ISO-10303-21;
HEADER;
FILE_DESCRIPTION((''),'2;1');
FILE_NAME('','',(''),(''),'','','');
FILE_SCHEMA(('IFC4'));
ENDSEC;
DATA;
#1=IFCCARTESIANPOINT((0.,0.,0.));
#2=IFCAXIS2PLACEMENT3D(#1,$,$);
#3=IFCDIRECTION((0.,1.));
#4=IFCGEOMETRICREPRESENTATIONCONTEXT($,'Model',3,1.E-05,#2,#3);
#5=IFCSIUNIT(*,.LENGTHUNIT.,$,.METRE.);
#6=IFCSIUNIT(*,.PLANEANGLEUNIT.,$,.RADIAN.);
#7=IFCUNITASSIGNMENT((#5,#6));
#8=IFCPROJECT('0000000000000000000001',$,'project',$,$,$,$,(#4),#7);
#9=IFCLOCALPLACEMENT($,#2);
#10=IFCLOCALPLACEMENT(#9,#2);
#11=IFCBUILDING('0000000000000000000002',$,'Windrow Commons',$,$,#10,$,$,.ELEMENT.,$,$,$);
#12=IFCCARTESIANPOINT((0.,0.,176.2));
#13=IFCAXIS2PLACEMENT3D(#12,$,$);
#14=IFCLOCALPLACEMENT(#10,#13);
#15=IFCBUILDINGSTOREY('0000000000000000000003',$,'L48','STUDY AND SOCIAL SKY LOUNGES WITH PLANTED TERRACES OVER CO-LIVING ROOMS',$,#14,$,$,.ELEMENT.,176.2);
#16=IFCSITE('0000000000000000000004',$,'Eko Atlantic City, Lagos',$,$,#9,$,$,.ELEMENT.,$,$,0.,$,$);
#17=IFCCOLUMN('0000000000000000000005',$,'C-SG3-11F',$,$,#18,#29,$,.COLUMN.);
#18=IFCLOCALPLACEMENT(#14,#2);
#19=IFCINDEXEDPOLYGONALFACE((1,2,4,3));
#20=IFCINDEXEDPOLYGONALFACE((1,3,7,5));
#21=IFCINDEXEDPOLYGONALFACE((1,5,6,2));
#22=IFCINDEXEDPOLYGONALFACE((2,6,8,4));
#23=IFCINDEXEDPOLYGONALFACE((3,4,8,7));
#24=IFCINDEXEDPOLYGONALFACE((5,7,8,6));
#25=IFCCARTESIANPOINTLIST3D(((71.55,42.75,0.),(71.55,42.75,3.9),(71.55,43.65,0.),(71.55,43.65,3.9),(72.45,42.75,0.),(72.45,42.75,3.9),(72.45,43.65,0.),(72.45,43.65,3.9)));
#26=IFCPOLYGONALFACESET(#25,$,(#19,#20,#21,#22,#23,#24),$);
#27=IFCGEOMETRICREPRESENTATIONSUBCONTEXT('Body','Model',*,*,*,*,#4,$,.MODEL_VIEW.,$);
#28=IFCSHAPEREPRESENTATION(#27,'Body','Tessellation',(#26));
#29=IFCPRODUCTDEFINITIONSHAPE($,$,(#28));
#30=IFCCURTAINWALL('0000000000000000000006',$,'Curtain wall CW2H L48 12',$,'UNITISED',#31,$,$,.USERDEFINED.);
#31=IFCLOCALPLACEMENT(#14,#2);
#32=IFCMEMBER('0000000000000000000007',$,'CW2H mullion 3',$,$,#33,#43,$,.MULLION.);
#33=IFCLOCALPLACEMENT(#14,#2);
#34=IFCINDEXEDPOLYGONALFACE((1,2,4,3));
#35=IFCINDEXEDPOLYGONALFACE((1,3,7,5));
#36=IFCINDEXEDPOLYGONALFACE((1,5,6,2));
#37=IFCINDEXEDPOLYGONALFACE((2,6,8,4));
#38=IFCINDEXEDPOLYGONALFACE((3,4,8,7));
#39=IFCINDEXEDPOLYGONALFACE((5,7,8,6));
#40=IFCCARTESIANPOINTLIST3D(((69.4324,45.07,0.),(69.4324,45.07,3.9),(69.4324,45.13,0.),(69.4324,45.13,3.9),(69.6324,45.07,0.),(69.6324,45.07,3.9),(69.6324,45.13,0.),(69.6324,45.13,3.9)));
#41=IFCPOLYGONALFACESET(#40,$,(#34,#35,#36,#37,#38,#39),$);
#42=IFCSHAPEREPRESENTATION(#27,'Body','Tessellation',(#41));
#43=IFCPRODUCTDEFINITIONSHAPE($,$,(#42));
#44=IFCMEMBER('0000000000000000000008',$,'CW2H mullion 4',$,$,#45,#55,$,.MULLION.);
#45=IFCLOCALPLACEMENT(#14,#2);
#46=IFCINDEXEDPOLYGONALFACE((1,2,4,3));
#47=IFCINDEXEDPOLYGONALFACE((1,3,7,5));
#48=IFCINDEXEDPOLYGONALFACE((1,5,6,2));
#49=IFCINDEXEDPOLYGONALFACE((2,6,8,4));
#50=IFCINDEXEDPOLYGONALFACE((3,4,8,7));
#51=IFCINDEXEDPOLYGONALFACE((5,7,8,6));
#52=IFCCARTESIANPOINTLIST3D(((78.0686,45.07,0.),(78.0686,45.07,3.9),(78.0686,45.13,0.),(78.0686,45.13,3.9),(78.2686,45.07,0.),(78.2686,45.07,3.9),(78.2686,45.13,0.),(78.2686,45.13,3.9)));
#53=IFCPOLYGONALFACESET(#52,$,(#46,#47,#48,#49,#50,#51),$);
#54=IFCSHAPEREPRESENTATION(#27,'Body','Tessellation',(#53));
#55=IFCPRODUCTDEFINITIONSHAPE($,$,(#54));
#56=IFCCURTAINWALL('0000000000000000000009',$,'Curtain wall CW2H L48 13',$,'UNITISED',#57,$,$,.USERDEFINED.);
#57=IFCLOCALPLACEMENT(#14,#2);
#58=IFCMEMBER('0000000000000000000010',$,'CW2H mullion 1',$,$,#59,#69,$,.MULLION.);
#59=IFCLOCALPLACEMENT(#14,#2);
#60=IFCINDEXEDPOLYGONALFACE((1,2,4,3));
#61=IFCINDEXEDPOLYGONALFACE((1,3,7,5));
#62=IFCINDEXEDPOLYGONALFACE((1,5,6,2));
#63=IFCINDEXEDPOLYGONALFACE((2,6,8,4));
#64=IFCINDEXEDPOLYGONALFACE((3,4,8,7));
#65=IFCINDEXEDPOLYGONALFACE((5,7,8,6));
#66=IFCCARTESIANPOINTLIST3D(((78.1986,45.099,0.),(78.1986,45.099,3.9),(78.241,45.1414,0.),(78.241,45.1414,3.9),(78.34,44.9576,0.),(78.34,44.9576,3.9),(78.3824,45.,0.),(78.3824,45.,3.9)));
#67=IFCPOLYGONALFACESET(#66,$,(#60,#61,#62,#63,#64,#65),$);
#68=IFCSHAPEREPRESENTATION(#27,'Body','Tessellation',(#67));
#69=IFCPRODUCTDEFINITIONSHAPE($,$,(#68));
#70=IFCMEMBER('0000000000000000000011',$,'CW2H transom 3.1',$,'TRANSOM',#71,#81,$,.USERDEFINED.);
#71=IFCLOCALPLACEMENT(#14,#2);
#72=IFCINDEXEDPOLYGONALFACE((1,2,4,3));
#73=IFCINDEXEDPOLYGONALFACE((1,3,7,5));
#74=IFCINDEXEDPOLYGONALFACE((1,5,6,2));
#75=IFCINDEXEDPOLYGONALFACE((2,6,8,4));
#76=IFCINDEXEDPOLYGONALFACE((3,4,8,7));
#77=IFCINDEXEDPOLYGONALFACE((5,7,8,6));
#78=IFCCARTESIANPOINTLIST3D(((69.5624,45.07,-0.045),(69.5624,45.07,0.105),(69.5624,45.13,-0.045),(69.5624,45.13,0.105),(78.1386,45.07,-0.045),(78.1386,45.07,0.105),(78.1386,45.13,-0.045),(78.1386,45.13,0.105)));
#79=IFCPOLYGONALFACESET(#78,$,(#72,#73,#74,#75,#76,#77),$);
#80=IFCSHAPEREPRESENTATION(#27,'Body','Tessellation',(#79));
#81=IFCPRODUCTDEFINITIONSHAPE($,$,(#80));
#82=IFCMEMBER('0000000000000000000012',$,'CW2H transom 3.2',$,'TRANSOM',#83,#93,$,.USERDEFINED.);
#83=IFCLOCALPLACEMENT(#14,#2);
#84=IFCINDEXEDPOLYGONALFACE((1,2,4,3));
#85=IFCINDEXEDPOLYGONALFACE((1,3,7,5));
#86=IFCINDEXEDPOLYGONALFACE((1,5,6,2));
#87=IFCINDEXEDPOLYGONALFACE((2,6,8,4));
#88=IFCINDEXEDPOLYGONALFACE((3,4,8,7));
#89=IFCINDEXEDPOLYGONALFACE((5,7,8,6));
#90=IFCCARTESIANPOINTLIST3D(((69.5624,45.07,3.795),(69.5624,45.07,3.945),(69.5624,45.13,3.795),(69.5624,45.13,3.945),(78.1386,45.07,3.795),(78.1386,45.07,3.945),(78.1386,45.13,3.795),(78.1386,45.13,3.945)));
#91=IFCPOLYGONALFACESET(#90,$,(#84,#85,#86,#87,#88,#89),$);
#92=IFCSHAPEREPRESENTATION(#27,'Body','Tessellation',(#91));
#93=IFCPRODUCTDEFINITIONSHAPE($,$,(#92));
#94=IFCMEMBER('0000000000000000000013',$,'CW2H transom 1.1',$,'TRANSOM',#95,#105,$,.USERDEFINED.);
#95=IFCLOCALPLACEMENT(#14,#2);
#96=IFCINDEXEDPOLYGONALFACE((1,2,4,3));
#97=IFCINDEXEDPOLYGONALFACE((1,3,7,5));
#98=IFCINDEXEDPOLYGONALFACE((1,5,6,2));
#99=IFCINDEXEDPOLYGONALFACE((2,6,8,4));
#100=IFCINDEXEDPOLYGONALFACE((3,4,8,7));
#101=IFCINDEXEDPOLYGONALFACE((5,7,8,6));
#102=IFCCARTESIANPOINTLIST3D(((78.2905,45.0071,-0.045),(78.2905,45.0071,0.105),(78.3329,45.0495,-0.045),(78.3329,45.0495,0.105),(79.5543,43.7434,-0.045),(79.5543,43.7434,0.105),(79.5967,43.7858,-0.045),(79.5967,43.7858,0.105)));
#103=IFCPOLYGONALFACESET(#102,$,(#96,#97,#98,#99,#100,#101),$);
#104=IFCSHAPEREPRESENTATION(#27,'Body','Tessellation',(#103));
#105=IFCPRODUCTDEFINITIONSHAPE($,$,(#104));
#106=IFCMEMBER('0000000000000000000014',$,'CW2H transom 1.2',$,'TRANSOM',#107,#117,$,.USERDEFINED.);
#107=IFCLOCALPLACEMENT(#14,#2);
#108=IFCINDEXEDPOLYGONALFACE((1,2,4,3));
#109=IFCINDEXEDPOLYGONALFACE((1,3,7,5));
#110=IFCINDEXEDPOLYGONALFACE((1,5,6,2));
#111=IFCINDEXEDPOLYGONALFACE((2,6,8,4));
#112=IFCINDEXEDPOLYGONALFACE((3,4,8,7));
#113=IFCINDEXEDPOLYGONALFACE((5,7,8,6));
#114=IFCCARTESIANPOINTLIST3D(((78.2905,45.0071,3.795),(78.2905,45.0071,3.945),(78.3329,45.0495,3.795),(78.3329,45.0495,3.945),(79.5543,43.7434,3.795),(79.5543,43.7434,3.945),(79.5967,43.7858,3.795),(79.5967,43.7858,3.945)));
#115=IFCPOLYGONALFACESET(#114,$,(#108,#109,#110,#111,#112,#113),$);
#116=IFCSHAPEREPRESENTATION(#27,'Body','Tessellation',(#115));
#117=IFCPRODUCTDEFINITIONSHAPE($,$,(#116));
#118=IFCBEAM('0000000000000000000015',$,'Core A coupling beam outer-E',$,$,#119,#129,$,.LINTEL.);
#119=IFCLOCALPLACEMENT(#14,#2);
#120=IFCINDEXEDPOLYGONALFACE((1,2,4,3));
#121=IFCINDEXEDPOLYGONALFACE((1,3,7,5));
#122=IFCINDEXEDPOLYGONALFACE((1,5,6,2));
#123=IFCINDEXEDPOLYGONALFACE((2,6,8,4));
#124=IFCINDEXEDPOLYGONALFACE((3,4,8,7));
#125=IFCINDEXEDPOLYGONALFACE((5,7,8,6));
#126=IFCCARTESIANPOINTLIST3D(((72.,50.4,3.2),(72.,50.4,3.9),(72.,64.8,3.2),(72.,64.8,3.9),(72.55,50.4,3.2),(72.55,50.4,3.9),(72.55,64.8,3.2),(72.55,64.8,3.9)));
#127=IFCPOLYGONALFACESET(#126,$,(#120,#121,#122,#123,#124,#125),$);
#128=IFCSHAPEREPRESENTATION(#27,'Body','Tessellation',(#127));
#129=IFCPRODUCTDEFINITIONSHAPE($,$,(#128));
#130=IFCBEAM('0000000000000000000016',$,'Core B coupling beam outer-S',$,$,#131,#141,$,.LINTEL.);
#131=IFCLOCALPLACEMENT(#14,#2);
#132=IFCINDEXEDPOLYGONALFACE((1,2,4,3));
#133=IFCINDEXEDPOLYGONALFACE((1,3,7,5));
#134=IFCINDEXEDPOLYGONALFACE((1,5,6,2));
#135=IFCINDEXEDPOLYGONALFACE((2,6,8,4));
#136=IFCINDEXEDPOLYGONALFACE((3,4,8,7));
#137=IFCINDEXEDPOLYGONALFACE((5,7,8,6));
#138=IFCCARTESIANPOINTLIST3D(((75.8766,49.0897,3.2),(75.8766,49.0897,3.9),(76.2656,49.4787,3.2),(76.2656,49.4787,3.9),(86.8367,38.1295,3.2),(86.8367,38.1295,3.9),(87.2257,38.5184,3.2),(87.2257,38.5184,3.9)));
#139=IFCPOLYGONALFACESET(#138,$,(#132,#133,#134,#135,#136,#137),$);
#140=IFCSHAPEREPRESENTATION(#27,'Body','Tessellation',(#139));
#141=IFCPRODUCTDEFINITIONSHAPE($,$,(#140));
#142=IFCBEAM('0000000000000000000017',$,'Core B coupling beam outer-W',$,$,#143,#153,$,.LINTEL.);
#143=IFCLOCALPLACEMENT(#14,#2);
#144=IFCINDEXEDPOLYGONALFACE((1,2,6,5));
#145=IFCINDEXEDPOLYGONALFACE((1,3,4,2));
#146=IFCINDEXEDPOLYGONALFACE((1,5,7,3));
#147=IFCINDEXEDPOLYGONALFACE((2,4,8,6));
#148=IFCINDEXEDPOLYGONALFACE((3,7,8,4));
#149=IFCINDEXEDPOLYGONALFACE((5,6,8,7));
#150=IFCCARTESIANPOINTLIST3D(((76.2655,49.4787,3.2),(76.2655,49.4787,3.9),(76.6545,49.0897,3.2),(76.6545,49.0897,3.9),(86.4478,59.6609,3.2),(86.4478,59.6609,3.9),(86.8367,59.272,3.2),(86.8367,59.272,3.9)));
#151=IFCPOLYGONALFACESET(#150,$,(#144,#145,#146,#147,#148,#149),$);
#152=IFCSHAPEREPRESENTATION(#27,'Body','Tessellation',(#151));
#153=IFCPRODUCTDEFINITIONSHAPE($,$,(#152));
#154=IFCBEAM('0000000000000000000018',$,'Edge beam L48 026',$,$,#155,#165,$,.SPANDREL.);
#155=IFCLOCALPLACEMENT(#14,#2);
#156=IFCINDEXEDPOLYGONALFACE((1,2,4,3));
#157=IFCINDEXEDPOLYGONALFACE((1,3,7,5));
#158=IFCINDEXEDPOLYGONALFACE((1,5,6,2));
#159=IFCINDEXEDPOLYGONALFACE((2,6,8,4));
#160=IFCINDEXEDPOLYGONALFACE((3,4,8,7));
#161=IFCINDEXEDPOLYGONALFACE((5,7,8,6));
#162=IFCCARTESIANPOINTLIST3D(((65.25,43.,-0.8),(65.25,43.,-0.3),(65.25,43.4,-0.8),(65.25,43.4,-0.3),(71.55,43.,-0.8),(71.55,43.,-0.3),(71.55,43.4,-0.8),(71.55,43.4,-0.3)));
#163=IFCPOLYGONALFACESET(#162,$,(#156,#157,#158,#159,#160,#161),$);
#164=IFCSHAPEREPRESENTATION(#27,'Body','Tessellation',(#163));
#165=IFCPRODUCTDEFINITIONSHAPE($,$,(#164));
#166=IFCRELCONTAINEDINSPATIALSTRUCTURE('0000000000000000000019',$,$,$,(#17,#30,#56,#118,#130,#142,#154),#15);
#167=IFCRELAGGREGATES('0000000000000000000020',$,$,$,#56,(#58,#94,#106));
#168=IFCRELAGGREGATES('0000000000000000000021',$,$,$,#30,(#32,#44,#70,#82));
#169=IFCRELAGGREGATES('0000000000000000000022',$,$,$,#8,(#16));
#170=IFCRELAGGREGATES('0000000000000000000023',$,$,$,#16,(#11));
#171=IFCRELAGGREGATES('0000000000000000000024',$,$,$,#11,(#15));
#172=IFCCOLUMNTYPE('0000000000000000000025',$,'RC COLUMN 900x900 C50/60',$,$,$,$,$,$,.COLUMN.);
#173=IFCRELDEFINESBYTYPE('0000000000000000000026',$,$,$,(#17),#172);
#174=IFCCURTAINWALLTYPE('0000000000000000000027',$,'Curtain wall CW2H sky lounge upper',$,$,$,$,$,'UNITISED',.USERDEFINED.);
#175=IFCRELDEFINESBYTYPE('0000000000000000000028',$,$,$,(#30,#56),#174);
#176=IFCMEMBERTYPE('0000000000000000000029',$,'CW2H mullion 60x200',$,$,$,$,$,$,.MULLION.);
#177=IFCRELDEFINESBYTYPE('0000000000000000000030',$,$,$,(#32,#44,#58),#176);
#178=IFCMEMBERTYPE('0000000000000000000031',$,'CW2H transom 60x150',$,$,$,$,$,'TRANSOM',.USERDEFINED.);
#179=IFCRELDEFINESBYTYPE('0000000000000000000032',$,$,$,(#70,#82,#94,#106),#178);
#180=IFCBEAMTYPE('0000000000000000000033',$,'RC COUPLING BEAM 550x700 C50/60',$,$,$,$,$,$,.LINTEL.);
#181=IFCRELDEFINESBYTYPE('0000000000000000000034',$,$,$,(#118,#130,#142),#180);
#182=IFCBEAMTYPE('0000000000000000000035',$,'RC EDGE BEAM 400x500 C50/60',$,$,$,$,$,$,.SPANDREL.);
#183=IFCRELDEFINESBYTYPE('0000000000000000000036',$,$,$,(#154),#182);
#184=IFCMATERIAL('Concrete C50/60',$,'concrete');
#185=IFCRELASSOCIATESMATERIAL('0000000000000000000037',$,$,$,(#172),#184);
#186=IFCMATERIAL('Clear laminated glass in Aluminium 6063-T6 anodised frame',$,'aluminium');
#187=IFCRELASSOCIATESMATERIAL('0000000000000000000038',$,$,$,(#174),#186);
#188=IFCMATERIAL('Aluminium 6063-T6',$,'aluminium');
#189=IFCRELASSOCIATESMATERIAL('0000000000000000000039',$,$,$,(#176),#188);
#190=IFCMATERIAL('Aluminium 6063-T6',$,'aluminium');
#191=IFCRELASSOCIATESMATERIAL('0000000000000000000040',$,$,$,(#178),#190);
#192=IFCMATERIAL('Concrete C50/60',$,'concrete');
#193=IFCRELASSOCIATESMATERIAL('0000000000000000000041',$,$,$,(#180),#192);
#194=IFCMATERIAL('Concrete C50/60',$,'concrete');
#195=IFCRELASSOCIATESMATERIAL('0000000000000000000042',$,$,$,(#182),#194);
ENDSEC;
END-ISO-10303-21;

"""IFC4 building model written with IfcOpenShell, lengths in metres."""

from ifc_helpers import new_model, si_unit, direction, frame, origin, origin_2d, place, context, subcontext, project, spatial, rectangle, extrude, material, material_profile, profile_set, type_object, element, aggregate, save


model = new_model("IFC4")

# Units and contexts
model_context = context("Model", 3, precision=1e-05, world=origin(), true_north=direction((0.0, 1.0)))
body_context = subcontext(model_context, "Body", "Model", "MODEL_VIEW")
ifc_project = project(units=[si_unit("LENGTHUNIT", "METRE"), si_unit("PLANEANGLEUNIT", "RADIAN")], contexts=[model_context])

# Site, building, storey
site_placement = place(None, origin())
site = spatial("IfcSite", under=ifc_project, at=site_placement, Name="Eko Atlantic City, Lagos", CompositionType="ELEMENT", RefElevation=0.0)
building_placement = place(site_placement, origin())
building = spatial("IfcBuilding", under=site, at=building_placement, Name="Windrow Commons", CompositionType="ELEMENT")
storey_placement = place(building_placement, frame((0.0, 0.0, 176.2)))
storey = spatial("IfcBuildingStorey", under=building, at=storey_placement, Name="L48", Description="STUDY AND SOCIAL SKY LOUNGES WITH PLANTED TERRACES OVER CO-LIVING ROOMS", CompositionType="ELEMENT", Elevation=176.2)

# Column
ifc_material_1 = material(Name="Concrete C50/60", Category="concrete")
ifc_material_profile_1 = material_profile(ifc_material_1, rectangle(XDim=0.9, YDim=0.9, at=origin_2d()))
ifc_profile_set_1 = profile_set([ifc_material_profile_1], Name="Concrete C50/60")
column_type = type_object("IfcColumnType", Name="RC COLUMN 900x900 C50/60", PredefinedType="COLUMN", material=ifc_profile_set_1)
column_placement = place(storey_placement, frame((72.0, 43.2, 0.0), z_axis=(0.0, 0.0, 1.0), x_axis=(1.0, 0.0, 0.0)))
element("IfcColumn", 1, at=column_placement, inside=storey, type_object=column_type, Name="C-SG3-11F", PredefinedType="COLUMN", context=body_context, shape_type="SweptSolid", body=[
    extrude(rectangle(XDim=0.9, YDim=0.9, at=origin_2d()), origin(), (0.0, 0.0, 1.0), 3.9),
])

# Curtain wall, members
ifc_material_2 = material(Name="Clear laminated glass in Aluminium 6063-T6 anodised frame", Category="aluminium")
curtain_wall_type = type_object("IfcCurtainWallType", Name="Curtain wall CW2H sky lounge upper", ElementType="UNITISED", PredefinedType="USERDEFINED", material=ifc_material_2)
placement = place(storey_placement, origin())
curtain_wall_1 = element("IfcCurtainWall", 2, at=placement, inside=storey, type_object=curtain_wall_type, Name="Curtain wall CW2H L48 12", ObjectType="UNITISED", PredefinedType="USERDEFINED")
ifc_material_3 = material(Name="Aluminium 6063-T6", Category="aluminium")
ifc_material_profile_2 = material_profile(ifc_material_3, rectangle(XDim=0.06, YDim=0.2, at=origin_2d()))
ifc_profile_set_2 = profile_set([ifc_material_profile_2], Name="Aluminium 6063-T6")
member_type_1 = type_object("IfcMemberType", Name="CW2H mullion 60x200", PredefinedType="MULLION", material=ifc_profile_set_2)
member_1_placement = place(storey_placement, frame((69.5324, 45.1, 0.0), z_axis=(0.0, 0.0, 1.0), x_axis=(0.0, 1.0, 0.0)))
member_1 = element("IfcMember", 3, at=member_1_placement, type_object=member_type_1, Name="CW2H mullion 3", PredefinedType="MULLION", context=body_context, shape_type="SweptSolid", body=[
    extrude(rectangle(XDim=0.06, YDim=0.2, at=origin_2d()), origin(), (0.0, 0.0, 1.0), 3.9),
])
member_2_placement = place(storey_placement, frame((78.1686, 45.1, 0.0), z_axis=(0.0, 0.0, 1.0), x_axis=(0.0, 1.0, 0.0)))
member_2 = element("IfcMember", 4, at=member_2_placement, type_object=member_type_1, Name="CW2H mullion 4", PredefinedType="MULLION", context=body_context, shape_type="SweptSolid", body=[
    extrude(rectangle(XDim=0.06, YDim=0.2, at=origin_2d()), origin(), (0.0, 0.0, 1.0), 3.9),
])

# Curtain wall, member
curtain_wall_2 = element("IfcCurtainWall", 5, at=placement, inside=storey, type_object=curtain_wall_type, Name="Curtain wall CW2H L48 13", ObjectType="UNITISED", PredefinedType="USERDEFINED")
member_3_placement = place(storey_placement, frame((78.2905, 45.0495, 0.0), z_axis=(0.0, 0.0, 1.0), x_axis=(0.70711, 0.707104, 0.0)))
member_3 = element("IfcMember", 6, at=member_3_placement, type_object=member_type_1, Name="CW2H mullion 1", PredefinedType="MULLION", context=body_context, shape_type="SweptSolid", body=[
    extrude(rectangle(XDim=0.06, YDim=0.2, at=origin_2d()), origin(), (0.0, 0.0, 1.0), 3.9),
])

# Members
ifc_material_4 = material(Name="Aluminium 6063-T6", Category="aluminium")
ifc_material_profile_3 = material_profile(ifc_material_4, rectangle(XDim=0.06, YDim=0.15, at=origin_2d()))
ifc_profile_set_3 = profile_set([ifc_material_profile_3], Name="Aluminium 6063-T6")
member_type_2 = type_object("IfcMemberType", Name="CW2H transom 60x150", ElementType="TRANSOM", PredefinedType="USERDEFINED", material=ifc_profile_set_3)
member_4_placement = place(storey_placement, frame((69.5624, 45.1, 0.03), z_axis=(1.0, 0.0, 0.0), x_axis=(0.0, 1.0, 0.0)))
member_4 = element("IfcMember", 7, at=member_4_placement, type_object=member_type_2, Name="CW2H transom 3.1", ObjectType="TRANSOM", PredefinedType="USERDEFINED", context=body_context, shape_type="SweptSolid", body=[
    extrude(rectangle(XDim=0.06, YDim=0.15, at=origin_2d()), origin(), (0.0, 0.0, 1.0), 8.5762),
])
member_5_placement = place(storey_placement, frame((69.5624, 45.1, 3.87), z_axis=(1.0, 0.0, 0.0), x_axis=(0.0, 1.0, 0.0)))
member_5 = element("IfcMember", 8, at=member_5_placement, type_object=member_type_2, Name="CW2H transom 3.2", ObjectType="TRANSOM", PredefinedType="USERDEFINED", context=body_context, shape_type="SweptSolid", body=[
    extrude(rectangle(XDim=0.06, YDim=0.15, at=origin_2d()), origin(), (0.0, 0.0, 1.0), 8.5762),
])
member_6_placement = place(storey_placement, frame((78.3117, 45.0283, 0.03), z_axis=(0.707135, -0.707079, 0.0), x_axis=(0.707079, 0.707135, 0.0)))
member_6 = element("IfcMember", 9, at=member_6_placement, type_object=member_type_2, Name="CW2H transom 1.1", ObjectType="TRANSOM", PredefinedType="USERDEFINED", context=body_context, shape_type="SweptSolid", body=[
    extrude(rectangle(XDim=0.06, YDim=0.15, at=origin_2d()), origin(), (0.0, 0.0, 1.0), 1.7872),
])
member_7_placement = place(storey_placement, frame((78.3117, 45.0283, 3.87), z_axis=(0.707135, -0.707079, 0.0), x_axis=(0.707079, 0.707135, 0.0)))
member_7 = element("IfcMember", 10, at=member_7_placement, type_object=member_type_2, Name="CW2H transom 1.2", ObjectType="TRANSOM", PredefinedType="USERDEFINED", context=body_context, shape_type="SweptSolid", body=[
    extrude(rectangle(XDim=0.06, YDim=0.15, at=origin_2d()), origin(), (0.0, 0.0, 1.0), 1.7872),
])
aggregate(curtain_wall_2, [member_3, member_6, member_7])

# Beams
ifc_material_5 = material(Name="Concrete C50/60", Category="concrete")
ifc_material_profile_4 = material_profile(ifc_material_5, rectangle(XDim=0.55, YDim=0.7, at=origin_2d()))
ifc_profile_set_4 = profile_set([ifc_material_profile_4], Name="Concrete C50/60")
beam_type_1 = type_object("IfcBeamType", Name="RC COUPLING BEAM 550x700 C50/60", PredefinedType="LINTEL", material=ifc_profile_set_4)
beam_1_placement = place(storey_placement, frame((72.275, 50.4, 3.55), z_axis=(0.0, 1.0, 0.0), x_axis=(-1.0, 0.0, 0.0)))
element("IfcBeam", 11, at=beam_1_placement, inside=storey, type_object=beam_type_1, Name="Core A coupling beam outer-E", PredefinedType="LINTEL", context=body_context, shape_type="SweptSolid", body=[
    extrude(rectangle(XDim=0.55, YDim=0.7, at=origin_2d()), origin(), (0.0, 0.0, 1.0), 14.4),
])
beam_2_placement = place(storey_placement, frame((76.0711, 49.2842, 3.55), z_axis=(0.707104, -0.70711, 0.0), x_axis=(0.70711, 0.707104, 0.0)))
element("IfcBeam", 12, at=beam_2_placement, inside=storey, type_object=beam_type_1, Name="Core B coupling beam outer-S", PredefinedType="LINTEL", context=body_context, shape_type="SweptSolid", body=[
    extrude(rectangle(XDim=0.55, YDim=0.7, at=origin_2d()), origin(), (0.0, 0.0, 1.0), 15.5),
])
beam_3_placement = place(storey_placement, frame((76.46, 49.2842, 3.55), z_axis=(0.707107, 0.707107, 0.0), x_axis=(-0.707107, 0.707107, 0.0)))
element("IfcBeam", 13, at=beam_3_placement, inside=storey, type_object=beam_type_1, Name="Core B coupling beam outer-W", PredefinedType="LINTEL", context=body_context, shape_type="SweptSolid", body=[
    extrude(rectangle(XDim=0.55, YDim=0.7, at=origin_2d()), origin(), (0.0, 0.0, 1.0), 14.3999),
])
ifc_material_6 = material(Name="Concrete C50/60", Category="concrete")
ifc_material_profile_5 = material_profile(ifc_material_6, rectangle(XDim=0.4, YDim=0.5, at=origin_2d()))
ifc_profile_set_5 = profile_set([ifc_material_profile_5], Name="Concrete C50/60")
beam_type_2 = type_object("IfcBeamType", Name="RC EDGE BEAM 400x500 C50/60", PredefinedType="SPANDREL", material=ifc_profile_set_5)
beam_4_placement = place(storey_placement, frame((71.55, 43.2, -0.55), z_axis=(-1.0, 0.0, 0.0), x_axis=(0.0, -1.0, 0.0)))
element("IfcBeam", 14, at=beam_4_placement, inside=storey, type_object=beam_type_2, Name="Edge beam L48 026", PredefinedType="SPANDREL", context=body_context, shape_type="SweptSolid", body=[
    extrude(rectangle(XDim=0.4, YDim=0.5, at=origin_2d()), origin(), (0.0, 0.0, 1.0), 6.3),
])

aggregate(curtain_wall_1, [member_1, member_2, member_4, member_5])

save(model, "model.ifc")
